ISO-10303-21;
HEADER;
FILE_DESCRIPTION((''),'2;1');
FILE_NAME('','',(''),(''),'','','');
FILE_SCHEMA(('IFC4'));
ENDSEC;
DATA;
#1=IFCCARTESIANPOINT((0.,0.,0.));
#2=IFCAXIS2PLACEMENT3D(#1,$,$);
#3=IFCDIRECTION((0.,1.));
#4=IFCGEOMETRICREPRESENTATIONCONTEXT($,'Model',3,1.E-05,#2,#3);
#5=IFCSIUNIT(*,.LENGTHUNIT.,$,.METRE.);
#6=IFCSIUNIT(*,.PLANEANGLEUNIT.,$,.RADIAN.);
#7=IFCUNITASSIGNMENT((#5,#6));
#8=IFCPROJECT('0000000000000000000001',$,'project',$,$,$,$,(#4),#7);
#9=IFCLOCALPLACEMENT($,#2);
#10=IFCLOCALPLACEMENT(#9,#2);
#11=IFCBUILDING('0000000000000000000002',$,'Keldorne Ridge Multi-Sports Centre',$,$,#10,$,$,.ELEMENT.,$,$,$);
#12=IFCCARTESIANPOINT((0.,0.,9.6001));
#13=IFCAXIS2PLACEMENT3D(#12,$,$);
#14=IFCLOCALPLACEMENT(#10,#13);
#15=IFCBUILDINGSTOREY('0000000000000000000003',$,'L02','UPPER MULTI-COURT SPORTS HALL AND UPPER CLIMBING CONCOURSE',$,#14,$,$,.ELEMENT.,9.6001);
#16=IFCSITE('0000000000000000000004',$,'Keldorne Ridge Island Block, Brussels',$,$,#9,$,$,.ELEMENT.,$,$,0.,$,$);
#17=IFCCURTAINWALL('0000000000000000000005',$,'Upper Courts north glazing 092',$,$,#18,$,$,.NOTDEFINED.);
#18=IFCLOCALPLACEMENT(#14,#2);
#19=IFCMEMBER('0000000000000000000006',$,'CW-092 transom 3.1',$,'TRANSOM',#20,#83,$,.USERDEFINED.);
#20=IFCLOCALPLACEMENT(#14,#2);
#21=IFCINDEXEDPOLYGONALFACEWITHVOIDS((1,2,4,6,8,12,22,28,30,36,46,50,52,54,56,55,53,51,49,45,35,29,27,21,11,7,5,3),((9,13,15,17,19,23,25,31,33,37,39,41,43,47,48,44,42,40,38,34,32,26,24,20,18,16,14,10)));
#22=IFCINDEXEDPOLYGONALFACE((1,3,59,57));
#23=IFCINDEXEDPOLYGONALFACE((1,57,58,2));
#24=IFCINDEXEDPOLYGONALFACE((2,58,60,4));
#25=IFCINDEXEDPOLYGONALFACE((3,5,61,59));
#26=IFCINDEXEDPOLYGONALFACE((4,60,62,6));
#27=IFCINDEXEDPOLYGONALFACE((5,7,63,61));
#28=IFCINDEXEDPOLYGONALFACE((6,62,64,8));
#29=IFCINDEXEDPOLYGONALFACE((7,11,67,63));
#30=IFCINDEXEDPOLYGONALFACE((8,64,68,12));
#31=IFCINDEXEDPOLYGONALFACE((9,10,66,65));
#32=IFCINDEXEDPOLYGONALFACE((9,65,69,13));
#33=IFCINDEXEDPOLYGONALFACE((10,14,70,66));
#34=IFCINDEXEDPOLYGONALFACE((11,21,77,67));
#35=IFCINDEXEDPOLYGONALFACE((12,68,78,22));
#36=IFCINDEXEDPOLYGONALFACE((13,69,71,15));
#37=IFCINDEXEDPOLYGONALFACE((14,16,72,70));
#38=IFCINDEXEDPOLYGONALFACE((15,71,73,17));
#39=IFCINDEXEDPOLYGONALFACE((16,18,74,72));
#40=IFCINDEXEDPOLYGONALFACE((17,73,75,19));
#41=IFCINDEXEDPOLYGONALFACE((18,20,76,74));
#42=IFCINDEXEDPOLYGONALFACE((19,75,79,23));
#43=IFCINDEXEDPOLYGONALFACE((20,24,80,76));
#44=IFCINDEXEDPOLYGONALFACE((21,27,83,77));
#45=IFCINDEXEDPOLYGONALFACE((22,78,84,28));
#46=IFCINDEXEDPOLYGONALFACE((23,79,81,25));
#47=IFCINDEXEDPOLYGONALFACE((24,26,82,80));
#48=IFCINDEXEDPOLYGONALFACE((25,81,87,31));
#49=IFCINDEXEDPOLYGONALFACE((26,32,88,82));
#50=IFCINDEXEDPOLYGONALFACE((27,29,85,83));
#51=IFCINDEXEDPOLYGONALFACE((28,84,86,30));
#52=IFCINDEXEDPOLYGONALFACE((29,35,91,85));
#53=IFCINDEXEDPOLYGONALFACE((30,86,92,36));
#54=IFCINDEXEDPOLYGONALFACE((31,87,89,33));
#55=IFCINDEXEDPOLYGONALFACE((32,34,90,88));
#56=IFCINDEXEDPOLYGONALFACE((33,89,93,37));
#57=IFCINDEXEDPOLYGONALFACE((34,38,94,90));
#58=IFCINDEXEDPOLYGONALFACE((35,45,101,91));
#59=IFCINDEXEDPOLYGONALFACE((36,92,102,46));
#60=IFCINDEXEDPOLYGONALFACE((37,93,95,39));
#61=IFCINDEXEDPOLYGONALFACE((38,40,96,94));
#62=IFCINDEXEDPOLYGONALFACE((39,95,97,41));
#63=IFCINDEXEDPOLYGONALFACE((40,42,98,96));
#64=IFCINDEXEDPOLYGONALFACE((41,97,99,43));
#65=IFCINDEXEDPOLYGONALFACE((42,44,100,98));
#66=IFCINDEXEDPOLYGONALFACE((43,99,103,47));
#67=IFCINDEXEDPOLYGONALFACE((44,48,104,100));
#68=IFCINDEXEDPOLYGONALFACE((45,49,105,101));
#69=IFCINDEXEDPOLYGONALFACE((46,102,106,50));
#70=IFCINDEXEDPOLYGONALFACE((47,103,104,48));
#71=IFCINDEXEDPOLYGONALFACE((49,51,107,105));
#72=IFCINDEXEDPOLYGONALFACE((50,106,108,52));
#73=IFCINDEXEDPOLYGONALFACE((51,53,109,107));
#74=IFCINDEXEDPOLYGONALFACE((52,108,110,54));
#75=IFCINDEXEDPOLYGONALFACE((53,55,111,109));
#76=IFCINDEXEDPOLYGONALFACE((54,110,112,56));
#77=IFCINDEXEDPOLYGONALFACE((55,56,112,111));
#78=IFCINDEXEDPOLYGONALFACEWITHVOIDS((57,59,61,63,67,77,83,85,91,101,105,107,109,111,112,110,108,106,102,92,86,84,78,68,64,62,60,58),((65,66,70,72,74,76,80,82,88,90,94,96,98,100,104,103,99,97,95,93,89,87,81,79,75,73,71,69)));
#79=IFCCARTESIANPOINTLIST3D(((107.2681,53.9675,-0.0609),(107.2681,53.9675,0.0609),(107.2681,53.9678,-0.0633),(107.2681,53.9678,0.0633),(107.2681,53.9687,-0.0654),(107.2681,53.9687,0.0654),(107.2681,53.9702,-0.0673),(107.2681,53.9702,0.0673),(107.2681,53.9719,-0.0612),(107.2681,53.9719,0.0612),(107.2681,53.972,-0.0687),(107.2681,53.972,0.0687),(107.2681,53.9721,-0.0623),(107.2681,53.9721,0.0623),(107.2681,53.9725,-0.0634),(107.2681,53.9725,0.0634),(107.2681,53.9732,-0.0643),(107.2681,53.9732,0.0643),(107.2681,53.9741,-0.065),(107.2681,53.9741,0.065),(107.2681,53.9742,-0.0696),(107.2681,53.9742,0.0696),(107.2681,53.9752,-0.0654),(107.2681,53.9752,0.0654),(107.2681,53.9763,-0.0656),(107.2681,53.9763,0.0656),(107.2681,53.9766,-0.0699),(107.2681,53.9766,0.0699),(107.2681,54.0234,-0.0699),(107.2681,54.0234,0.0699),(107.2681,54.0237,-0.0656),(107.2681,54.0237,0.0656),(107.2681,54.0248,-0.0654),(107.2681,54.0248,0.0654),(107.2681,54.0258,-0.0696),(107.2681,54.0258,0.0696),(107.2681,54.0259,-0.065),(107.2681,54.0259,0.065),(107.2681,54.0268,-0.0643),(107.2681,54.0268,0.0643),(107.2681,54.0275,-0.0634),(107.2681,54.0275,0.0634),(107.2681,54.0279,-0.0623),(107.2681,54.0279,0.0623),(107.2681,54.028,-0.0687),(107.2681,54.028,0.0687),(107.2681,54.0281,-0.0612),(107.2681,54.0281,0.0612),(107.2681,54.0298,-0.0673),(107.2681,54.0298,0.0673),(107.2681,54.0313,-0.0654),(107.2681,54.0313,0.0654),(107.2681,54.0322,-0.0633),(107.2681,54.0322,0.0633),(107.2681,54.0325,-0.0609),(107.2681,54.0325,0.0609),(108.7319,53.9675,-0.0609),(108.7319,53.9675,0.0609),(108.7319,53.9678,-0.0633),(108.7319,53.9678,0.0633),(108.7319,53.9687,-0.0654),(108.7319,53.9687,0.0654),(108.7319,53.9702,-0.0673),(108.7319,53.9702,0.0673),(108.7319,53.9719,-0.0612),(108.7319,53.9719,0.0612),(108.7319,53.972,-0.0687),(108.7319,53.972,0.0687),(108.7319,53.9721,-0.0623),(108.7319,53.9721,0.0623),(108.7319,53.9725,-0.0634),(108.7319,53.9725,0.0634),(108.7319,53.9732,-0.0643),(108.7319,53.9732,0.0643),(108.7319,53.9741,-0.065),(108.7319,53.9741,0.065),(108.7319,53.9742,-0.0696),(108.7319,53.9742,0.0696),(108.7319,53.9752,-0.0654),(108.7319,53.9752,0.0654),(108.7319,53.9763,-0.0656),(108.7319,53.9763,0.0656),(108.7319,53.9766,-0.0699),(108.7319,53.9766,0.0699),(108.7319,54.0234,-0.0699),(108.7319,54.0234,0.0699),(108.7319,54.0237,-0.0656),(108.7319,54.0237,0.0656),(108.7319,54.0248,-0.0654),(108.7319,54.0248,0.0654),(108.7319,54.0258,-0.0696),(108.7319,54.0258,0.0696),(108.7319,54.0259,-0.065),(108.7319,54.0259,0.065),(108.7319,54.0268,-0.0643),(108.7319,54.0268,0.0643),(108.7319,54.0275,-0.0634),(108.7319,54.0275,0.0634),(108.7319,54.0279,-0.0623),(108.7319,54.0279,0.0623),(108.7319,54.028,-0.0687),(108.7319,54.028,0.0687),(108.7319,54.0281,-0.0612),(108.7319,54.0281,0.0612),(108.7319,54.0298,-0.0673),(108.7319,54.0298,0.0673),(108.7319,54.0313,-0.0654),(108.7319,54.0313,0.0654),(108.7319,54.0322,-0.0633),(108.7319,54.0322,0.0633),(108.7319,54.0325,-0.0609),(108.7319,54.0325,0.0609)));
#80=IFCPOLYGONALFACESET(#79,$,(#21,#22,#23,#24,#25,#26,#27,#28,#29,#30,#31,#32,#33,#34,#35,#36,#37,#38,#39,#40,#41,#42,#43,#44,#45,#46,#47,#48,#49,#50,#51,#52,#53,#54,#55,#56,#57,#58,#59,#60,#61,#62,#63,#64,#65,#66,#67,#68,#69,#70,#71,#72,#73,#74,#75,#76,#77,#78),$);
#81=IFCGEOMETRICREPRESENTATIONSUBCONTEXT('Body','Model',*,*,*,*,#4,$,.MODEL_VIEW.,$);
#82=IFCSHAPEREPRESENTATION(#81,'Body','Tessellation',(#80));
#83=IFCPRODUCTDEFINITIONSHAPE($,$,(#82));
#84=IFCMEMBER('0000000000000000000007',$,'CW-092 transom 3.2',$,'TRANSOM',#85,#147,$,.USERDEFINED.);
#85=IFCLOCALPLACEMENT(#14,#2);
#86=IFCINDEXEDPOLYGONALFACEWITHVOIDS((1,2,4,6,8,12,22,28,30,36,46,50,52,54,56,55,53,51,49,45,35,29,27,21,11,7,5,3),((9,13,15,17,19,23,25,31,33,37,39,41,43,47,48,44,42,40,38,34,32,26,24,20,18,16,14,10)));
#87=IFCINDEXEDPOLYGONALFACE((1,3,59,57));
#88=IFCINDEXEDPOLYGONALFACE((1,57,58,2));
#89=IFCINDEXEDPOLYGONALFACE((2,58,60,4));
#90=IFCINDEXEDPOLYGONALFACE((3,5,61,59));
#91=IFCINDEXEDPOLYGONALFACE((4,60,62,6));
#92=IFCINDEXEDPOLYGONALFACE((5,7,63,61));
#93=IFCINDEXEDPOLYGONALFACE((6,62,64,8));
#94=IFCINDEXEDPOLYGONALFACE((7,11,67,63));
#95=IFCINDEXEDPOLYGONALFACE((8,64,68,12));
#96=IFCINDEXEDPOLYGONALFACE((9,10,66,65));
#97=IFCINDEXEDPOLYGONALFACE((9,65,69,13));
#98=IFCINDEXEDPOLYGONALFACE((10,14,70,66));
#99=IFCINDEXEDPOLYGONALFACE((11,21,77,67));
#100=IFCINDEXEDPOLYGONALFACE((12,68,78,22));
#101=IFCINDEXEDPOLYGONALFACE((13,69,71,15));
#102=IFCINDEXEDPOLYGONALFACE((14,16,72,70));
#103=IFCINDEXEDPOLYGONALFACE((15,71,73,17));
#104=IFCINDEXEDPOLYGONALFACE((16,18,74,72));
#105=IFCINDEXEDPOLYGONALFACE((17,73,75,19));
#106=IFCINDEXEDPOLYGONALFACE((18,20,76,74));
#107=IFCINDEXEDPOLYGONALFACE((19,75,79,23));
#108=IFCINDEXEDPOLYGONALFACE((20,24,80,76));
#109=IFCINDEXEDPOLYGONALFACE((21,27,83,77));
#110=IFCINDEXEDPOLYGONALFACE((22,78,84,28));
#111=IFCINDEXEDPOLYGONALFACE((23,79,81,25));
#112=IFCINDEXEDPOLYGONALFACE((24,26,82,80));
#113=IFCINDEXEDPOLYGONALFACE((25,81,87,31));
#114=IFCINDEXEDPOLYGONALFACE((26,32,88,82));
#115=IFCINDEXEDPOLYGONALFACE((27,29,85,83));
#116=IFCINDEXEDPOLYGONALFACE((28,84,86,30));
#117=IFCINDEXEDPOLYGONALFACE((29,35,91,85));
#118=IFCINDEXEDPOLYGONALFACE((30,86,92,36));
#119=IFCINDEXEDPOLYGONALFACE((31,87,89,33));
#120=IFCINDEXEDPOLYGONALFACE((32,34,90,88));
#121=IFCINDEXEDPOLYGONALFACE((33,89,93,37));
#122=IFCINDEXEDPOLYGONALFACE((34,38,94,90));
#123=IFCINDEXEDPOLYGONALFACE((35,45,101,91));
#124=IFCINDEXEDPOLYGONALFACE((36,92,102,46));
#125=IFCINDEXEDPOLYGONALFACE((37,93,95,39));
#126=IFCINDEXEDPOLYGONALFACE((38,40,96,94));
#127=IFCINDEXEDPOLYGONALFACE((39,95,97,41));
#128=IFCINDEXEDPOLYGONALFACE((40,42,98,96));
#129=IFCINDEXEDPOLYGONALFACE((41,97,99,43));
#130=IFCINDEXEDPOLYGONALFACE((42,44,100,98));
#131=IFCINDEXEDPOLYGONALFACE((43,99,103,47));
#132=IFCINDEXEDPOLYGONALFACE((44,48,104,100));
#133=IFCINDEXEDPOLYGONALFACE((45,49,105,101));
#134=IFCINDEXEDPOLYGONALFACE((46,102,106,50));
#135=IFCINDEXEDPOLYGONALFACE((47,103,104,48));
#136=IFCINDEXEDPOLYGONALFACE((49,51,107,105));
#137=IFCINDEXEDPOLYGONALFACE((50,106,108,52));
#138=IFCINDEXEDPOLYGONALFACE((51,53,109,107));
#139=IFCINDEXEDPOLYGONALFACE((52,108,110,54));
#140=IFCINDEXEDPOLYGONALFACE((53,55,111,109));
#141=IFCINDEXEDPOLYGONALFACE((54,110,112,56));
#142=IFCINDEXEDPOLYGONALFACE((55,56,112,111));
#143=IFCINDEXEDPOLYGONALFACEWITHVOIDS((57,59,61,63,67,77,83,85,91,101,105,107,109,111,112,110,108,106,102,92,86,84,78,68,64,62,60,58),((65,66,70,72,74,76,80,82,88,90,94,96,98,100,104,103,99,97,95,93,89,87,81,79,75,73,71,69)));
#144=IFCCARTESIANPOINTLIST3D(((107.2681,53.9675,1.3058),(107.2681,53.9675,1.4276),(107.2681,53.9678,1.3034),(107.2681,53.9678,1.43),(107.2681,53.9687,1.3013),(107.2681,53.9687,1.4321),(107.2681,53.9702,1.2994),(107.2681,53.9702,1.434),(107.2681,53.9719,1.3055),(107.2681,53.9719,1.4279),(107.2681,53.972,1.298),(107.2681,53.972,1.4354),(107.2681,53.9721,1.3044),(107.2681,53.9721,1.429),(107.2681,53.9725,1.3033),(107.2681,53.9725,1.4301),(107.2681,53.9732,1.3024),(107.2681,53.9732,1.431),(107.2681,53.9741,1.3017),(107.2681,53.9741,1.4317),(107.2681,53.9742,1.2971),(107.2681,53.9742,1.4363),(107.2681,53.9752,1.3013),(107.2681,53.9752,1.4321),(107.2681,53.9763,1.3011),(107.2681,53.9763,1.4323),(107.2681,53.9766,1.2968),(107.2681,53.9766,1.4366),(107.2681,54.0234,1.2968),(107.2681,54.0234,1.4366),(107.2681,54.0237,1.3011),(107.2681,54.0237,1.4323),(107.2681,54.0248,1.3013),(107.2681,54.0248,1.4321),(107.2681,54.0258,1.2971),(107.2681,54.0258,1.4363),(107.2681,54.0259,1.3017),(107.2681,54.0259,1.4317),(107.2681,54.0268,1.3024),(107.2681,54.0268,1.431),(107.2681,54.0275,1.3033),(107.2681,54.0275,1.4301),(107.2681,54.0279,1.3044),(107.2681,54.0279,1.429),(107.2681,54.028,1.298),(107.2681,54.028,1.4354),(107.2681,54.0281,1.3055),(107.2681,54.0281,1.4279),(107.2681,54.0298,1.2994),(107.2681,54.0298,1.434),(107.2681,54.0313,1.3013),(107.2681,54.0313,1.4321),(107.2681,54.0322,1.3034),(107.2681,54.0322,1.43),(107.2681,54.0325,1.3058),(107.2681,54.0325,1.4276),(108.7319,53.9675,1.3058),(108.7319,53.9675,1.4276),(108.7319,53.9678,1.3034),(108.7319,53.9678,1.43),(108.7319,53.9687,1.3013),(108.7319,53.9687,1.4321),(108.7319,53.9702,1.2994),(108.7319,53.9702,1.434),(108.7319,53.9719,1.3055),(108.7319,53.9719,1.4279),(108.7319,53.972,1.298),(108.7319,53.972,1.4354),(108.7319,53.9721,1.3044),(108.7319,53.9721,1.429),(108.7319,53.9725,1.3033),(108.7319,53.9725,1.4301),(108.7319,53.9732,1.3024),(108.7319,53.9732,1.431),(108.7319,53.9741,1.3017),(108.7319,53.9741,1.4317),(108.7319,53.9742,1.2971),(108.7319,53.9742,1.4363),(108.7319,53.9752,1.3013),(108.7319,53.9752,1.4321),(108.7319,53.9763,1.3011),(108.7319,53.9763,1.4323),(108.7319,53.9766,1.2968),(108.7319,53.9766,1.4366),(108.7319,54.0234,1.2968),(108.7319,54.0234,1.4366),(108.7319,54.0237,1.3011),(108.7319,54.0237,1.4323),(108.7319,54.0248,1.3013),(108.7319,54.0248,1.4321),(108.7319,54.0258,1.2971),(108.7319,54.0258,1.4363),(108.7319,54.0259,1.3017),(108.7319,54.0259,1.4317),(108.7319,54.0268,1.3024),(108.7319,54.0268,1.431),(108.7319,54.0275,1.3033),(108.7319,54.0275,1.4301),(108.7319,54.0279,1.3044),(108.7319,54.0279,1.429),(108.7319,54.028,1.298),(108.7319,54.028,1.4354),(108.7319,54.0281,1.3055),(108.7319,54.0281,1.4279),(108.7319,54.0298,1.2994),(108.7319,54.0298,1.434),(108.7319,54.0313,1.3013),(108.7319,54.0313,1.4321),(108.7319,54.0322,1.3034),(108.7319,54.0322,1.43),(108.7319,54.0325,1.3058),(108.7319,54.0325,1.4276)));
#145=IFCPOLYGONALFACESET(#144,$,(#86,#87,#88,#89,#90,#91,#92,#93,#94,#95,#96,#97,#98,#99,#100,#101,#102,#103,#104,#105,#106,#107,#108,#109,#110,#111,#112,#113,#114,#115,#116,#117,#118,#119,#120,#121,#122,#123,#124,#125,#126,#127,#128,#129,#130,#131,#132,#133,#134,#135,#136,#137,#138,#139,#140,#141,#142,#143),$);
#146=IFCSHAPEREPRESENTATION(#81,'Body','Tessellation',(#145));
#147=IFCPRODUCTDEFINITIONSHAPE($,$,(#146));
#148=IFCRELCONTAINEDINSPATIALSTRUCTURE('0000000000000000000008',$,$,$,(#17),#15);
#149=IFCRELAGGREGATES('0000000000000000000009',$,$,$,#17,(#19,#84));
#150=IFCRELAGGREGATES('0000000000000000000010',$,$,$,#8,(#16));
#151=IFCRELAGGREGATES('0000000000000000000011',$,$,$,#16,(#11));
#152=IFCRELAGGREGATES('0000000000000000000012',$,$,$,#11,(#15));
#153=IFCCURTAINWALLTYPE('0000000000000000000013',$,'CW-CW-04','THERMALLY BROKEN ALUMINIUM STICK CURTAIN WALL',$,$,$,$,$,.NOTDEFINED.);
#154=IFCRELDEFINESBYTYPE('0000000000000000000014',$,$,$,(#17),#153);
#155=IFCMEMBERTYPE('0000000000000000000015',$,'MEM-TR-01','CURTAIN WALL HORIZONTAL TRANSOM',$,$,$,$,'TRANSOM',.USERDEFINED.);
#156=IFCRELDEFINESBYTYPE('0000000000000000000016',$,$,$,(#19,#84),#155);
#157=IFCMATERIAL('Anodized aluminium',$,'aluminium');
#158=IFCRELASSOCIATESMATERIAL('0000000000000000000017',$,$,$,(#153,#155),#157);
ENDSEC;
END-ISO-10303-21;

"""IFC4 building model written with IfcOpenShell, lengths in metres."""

from ifc_helpers import new_model, si_unit, direction, frame, origin, origin_2d, place, context, subcontext, project, spatial, hollow_rectangle, extrude, material, material_profile, profile_set, type_object, element, aggregate, save


model = new_model("IFC4")

# Units and contexts
model_context = context("Model", 3, precision=1e-05, world=origin(), true_north=direction((0.0, 1.0)))
body_context = subcontext(model_context, "Body", "Model", "MODEL_VIEW")
ifc_project = project(units=[si_unit("LENGTHUNIT", "METRE"), si_unit("PLANEANGLEUNIT", "RADIAN")], contexts=[model_context])

# Site, building, storey
site_placement = place(None, origin())
site = spatial("IfcSite", under=ifc_project, at=site_placement, Name="Keldorne Ridge Island Block, Brussels", CompositionType="ELEMENT", RefElevation=0.0)
building_placement = place(site_placement, origin())
building = spatial("IfcBuilding", under=site, at=building_placement, Name="Keldorne Ridge Multi-Sports Centre", CompositionType="ELEMENT")
storey_placement = place(building_placement, frame((0.0, 0.0, 9.6001)))
storey = spatial("IfcBuildingStorey", under=building, at=storey_placement, Name="L02", Description="UPPER MULTI-COURT SPORTS HALL AND UPPER CLIMBING CONCOURSE", CompositionType="ELEMENT", Elevation=9.6001)

# Curtain wall, members
ifc_material_1 = material(Name="Anodized aluminium", Category="aluminium")
curtain_wall_type = type_object("IfcCurtainWallType", Name="CW-CW-04", Description="THERMALLY BROKEN ALUMINIUM STICK CURTAIN WALL", PredefinedType="NOTDEFINED", material=ifc_material_1)
curtain_wall_placement = place(storey_placement, origin())
curtain_wall = element("IfcCurtainWall", 1, at=curtain_wall_placement, inside=storey, type_object=curtain_wall_type, Name="Upper Courts north glazing 092", PredefinedType="NOTDEFINED")
ifc_material_profile_1 = material_profile(ifc_material_1, hollow_rectangle(XDim=0.0649, YDim=0.1399, WallThickness=0.0044, InnerFilletRadius=0.0044, OuterFilletRadius=0.009, at=origin_2d()), Name="ALU TRANSOM 140x65x4.5")
ifc_profile_set_1 = profile_set([ifc_material_profile_1], Name="Anodized aluminium")
member_type_1 = type_object("IfcMemberType", Name="MEM-TR-01", Description="CURTAIN WALL HORIZONTAL TRANSOM", ElementType="TRANSOM", PredefinedType="USERDEFINED", material=ifc_profile_set_1)
member_1_placement = place(storey_placement, frame((108.7319, 54.0, 0.0), z_axis=(-1.0, 0.0, 0.0), x_axis=(0.0, -1.0, 0.0)))
member_1 = element("IfcMember", 2, at=member_1_placement, type_object=member_type_1, Name="CW-092 transom 3.1", ObjectType="TRANSOM", PredefinedType="USERDEFINED", context=body_context, shape_type="SweptSolid", body=[
    extrude(hollow_rectangle(XDim=0.0649, YDim=0.1399, WallThickness=0.0044, InnerFilletRadius=0.0044, OuterFilletRadius=0.009, at=origin_2d()), origin(), (0.0, 0.0, 1.0), 1.4639),
])
member_2_placement = place(storey_placement, frame((108.7319, 54.0, 1.3667), z_axis=(-1.0, 0.0, 0.0), x_axis=(0.0, -1.0, 0.0)))
member_2 = element("IfcMember", 3, at=member_2_placement, type_object=member_type_1, Name="CW-092 transom 3.2", ObjectType="TRANSOM", PredefinedType="USERDEFINED", context=body_context, shape_type="SweptSolid", body=[
    extrude(hollow_rectangle(XDim=0.0649, YDim=0.1399, WallThickness=0.0044, InnerFilletRadius=0.0044, OuterFilletRadius=0.009, at=origin_2d()), origin(), (0.0, 0.0, 1.0), 1.4639),
])
aggregate(curtain_wall, [member_1, member_2])

save(model, "model.ifc")
